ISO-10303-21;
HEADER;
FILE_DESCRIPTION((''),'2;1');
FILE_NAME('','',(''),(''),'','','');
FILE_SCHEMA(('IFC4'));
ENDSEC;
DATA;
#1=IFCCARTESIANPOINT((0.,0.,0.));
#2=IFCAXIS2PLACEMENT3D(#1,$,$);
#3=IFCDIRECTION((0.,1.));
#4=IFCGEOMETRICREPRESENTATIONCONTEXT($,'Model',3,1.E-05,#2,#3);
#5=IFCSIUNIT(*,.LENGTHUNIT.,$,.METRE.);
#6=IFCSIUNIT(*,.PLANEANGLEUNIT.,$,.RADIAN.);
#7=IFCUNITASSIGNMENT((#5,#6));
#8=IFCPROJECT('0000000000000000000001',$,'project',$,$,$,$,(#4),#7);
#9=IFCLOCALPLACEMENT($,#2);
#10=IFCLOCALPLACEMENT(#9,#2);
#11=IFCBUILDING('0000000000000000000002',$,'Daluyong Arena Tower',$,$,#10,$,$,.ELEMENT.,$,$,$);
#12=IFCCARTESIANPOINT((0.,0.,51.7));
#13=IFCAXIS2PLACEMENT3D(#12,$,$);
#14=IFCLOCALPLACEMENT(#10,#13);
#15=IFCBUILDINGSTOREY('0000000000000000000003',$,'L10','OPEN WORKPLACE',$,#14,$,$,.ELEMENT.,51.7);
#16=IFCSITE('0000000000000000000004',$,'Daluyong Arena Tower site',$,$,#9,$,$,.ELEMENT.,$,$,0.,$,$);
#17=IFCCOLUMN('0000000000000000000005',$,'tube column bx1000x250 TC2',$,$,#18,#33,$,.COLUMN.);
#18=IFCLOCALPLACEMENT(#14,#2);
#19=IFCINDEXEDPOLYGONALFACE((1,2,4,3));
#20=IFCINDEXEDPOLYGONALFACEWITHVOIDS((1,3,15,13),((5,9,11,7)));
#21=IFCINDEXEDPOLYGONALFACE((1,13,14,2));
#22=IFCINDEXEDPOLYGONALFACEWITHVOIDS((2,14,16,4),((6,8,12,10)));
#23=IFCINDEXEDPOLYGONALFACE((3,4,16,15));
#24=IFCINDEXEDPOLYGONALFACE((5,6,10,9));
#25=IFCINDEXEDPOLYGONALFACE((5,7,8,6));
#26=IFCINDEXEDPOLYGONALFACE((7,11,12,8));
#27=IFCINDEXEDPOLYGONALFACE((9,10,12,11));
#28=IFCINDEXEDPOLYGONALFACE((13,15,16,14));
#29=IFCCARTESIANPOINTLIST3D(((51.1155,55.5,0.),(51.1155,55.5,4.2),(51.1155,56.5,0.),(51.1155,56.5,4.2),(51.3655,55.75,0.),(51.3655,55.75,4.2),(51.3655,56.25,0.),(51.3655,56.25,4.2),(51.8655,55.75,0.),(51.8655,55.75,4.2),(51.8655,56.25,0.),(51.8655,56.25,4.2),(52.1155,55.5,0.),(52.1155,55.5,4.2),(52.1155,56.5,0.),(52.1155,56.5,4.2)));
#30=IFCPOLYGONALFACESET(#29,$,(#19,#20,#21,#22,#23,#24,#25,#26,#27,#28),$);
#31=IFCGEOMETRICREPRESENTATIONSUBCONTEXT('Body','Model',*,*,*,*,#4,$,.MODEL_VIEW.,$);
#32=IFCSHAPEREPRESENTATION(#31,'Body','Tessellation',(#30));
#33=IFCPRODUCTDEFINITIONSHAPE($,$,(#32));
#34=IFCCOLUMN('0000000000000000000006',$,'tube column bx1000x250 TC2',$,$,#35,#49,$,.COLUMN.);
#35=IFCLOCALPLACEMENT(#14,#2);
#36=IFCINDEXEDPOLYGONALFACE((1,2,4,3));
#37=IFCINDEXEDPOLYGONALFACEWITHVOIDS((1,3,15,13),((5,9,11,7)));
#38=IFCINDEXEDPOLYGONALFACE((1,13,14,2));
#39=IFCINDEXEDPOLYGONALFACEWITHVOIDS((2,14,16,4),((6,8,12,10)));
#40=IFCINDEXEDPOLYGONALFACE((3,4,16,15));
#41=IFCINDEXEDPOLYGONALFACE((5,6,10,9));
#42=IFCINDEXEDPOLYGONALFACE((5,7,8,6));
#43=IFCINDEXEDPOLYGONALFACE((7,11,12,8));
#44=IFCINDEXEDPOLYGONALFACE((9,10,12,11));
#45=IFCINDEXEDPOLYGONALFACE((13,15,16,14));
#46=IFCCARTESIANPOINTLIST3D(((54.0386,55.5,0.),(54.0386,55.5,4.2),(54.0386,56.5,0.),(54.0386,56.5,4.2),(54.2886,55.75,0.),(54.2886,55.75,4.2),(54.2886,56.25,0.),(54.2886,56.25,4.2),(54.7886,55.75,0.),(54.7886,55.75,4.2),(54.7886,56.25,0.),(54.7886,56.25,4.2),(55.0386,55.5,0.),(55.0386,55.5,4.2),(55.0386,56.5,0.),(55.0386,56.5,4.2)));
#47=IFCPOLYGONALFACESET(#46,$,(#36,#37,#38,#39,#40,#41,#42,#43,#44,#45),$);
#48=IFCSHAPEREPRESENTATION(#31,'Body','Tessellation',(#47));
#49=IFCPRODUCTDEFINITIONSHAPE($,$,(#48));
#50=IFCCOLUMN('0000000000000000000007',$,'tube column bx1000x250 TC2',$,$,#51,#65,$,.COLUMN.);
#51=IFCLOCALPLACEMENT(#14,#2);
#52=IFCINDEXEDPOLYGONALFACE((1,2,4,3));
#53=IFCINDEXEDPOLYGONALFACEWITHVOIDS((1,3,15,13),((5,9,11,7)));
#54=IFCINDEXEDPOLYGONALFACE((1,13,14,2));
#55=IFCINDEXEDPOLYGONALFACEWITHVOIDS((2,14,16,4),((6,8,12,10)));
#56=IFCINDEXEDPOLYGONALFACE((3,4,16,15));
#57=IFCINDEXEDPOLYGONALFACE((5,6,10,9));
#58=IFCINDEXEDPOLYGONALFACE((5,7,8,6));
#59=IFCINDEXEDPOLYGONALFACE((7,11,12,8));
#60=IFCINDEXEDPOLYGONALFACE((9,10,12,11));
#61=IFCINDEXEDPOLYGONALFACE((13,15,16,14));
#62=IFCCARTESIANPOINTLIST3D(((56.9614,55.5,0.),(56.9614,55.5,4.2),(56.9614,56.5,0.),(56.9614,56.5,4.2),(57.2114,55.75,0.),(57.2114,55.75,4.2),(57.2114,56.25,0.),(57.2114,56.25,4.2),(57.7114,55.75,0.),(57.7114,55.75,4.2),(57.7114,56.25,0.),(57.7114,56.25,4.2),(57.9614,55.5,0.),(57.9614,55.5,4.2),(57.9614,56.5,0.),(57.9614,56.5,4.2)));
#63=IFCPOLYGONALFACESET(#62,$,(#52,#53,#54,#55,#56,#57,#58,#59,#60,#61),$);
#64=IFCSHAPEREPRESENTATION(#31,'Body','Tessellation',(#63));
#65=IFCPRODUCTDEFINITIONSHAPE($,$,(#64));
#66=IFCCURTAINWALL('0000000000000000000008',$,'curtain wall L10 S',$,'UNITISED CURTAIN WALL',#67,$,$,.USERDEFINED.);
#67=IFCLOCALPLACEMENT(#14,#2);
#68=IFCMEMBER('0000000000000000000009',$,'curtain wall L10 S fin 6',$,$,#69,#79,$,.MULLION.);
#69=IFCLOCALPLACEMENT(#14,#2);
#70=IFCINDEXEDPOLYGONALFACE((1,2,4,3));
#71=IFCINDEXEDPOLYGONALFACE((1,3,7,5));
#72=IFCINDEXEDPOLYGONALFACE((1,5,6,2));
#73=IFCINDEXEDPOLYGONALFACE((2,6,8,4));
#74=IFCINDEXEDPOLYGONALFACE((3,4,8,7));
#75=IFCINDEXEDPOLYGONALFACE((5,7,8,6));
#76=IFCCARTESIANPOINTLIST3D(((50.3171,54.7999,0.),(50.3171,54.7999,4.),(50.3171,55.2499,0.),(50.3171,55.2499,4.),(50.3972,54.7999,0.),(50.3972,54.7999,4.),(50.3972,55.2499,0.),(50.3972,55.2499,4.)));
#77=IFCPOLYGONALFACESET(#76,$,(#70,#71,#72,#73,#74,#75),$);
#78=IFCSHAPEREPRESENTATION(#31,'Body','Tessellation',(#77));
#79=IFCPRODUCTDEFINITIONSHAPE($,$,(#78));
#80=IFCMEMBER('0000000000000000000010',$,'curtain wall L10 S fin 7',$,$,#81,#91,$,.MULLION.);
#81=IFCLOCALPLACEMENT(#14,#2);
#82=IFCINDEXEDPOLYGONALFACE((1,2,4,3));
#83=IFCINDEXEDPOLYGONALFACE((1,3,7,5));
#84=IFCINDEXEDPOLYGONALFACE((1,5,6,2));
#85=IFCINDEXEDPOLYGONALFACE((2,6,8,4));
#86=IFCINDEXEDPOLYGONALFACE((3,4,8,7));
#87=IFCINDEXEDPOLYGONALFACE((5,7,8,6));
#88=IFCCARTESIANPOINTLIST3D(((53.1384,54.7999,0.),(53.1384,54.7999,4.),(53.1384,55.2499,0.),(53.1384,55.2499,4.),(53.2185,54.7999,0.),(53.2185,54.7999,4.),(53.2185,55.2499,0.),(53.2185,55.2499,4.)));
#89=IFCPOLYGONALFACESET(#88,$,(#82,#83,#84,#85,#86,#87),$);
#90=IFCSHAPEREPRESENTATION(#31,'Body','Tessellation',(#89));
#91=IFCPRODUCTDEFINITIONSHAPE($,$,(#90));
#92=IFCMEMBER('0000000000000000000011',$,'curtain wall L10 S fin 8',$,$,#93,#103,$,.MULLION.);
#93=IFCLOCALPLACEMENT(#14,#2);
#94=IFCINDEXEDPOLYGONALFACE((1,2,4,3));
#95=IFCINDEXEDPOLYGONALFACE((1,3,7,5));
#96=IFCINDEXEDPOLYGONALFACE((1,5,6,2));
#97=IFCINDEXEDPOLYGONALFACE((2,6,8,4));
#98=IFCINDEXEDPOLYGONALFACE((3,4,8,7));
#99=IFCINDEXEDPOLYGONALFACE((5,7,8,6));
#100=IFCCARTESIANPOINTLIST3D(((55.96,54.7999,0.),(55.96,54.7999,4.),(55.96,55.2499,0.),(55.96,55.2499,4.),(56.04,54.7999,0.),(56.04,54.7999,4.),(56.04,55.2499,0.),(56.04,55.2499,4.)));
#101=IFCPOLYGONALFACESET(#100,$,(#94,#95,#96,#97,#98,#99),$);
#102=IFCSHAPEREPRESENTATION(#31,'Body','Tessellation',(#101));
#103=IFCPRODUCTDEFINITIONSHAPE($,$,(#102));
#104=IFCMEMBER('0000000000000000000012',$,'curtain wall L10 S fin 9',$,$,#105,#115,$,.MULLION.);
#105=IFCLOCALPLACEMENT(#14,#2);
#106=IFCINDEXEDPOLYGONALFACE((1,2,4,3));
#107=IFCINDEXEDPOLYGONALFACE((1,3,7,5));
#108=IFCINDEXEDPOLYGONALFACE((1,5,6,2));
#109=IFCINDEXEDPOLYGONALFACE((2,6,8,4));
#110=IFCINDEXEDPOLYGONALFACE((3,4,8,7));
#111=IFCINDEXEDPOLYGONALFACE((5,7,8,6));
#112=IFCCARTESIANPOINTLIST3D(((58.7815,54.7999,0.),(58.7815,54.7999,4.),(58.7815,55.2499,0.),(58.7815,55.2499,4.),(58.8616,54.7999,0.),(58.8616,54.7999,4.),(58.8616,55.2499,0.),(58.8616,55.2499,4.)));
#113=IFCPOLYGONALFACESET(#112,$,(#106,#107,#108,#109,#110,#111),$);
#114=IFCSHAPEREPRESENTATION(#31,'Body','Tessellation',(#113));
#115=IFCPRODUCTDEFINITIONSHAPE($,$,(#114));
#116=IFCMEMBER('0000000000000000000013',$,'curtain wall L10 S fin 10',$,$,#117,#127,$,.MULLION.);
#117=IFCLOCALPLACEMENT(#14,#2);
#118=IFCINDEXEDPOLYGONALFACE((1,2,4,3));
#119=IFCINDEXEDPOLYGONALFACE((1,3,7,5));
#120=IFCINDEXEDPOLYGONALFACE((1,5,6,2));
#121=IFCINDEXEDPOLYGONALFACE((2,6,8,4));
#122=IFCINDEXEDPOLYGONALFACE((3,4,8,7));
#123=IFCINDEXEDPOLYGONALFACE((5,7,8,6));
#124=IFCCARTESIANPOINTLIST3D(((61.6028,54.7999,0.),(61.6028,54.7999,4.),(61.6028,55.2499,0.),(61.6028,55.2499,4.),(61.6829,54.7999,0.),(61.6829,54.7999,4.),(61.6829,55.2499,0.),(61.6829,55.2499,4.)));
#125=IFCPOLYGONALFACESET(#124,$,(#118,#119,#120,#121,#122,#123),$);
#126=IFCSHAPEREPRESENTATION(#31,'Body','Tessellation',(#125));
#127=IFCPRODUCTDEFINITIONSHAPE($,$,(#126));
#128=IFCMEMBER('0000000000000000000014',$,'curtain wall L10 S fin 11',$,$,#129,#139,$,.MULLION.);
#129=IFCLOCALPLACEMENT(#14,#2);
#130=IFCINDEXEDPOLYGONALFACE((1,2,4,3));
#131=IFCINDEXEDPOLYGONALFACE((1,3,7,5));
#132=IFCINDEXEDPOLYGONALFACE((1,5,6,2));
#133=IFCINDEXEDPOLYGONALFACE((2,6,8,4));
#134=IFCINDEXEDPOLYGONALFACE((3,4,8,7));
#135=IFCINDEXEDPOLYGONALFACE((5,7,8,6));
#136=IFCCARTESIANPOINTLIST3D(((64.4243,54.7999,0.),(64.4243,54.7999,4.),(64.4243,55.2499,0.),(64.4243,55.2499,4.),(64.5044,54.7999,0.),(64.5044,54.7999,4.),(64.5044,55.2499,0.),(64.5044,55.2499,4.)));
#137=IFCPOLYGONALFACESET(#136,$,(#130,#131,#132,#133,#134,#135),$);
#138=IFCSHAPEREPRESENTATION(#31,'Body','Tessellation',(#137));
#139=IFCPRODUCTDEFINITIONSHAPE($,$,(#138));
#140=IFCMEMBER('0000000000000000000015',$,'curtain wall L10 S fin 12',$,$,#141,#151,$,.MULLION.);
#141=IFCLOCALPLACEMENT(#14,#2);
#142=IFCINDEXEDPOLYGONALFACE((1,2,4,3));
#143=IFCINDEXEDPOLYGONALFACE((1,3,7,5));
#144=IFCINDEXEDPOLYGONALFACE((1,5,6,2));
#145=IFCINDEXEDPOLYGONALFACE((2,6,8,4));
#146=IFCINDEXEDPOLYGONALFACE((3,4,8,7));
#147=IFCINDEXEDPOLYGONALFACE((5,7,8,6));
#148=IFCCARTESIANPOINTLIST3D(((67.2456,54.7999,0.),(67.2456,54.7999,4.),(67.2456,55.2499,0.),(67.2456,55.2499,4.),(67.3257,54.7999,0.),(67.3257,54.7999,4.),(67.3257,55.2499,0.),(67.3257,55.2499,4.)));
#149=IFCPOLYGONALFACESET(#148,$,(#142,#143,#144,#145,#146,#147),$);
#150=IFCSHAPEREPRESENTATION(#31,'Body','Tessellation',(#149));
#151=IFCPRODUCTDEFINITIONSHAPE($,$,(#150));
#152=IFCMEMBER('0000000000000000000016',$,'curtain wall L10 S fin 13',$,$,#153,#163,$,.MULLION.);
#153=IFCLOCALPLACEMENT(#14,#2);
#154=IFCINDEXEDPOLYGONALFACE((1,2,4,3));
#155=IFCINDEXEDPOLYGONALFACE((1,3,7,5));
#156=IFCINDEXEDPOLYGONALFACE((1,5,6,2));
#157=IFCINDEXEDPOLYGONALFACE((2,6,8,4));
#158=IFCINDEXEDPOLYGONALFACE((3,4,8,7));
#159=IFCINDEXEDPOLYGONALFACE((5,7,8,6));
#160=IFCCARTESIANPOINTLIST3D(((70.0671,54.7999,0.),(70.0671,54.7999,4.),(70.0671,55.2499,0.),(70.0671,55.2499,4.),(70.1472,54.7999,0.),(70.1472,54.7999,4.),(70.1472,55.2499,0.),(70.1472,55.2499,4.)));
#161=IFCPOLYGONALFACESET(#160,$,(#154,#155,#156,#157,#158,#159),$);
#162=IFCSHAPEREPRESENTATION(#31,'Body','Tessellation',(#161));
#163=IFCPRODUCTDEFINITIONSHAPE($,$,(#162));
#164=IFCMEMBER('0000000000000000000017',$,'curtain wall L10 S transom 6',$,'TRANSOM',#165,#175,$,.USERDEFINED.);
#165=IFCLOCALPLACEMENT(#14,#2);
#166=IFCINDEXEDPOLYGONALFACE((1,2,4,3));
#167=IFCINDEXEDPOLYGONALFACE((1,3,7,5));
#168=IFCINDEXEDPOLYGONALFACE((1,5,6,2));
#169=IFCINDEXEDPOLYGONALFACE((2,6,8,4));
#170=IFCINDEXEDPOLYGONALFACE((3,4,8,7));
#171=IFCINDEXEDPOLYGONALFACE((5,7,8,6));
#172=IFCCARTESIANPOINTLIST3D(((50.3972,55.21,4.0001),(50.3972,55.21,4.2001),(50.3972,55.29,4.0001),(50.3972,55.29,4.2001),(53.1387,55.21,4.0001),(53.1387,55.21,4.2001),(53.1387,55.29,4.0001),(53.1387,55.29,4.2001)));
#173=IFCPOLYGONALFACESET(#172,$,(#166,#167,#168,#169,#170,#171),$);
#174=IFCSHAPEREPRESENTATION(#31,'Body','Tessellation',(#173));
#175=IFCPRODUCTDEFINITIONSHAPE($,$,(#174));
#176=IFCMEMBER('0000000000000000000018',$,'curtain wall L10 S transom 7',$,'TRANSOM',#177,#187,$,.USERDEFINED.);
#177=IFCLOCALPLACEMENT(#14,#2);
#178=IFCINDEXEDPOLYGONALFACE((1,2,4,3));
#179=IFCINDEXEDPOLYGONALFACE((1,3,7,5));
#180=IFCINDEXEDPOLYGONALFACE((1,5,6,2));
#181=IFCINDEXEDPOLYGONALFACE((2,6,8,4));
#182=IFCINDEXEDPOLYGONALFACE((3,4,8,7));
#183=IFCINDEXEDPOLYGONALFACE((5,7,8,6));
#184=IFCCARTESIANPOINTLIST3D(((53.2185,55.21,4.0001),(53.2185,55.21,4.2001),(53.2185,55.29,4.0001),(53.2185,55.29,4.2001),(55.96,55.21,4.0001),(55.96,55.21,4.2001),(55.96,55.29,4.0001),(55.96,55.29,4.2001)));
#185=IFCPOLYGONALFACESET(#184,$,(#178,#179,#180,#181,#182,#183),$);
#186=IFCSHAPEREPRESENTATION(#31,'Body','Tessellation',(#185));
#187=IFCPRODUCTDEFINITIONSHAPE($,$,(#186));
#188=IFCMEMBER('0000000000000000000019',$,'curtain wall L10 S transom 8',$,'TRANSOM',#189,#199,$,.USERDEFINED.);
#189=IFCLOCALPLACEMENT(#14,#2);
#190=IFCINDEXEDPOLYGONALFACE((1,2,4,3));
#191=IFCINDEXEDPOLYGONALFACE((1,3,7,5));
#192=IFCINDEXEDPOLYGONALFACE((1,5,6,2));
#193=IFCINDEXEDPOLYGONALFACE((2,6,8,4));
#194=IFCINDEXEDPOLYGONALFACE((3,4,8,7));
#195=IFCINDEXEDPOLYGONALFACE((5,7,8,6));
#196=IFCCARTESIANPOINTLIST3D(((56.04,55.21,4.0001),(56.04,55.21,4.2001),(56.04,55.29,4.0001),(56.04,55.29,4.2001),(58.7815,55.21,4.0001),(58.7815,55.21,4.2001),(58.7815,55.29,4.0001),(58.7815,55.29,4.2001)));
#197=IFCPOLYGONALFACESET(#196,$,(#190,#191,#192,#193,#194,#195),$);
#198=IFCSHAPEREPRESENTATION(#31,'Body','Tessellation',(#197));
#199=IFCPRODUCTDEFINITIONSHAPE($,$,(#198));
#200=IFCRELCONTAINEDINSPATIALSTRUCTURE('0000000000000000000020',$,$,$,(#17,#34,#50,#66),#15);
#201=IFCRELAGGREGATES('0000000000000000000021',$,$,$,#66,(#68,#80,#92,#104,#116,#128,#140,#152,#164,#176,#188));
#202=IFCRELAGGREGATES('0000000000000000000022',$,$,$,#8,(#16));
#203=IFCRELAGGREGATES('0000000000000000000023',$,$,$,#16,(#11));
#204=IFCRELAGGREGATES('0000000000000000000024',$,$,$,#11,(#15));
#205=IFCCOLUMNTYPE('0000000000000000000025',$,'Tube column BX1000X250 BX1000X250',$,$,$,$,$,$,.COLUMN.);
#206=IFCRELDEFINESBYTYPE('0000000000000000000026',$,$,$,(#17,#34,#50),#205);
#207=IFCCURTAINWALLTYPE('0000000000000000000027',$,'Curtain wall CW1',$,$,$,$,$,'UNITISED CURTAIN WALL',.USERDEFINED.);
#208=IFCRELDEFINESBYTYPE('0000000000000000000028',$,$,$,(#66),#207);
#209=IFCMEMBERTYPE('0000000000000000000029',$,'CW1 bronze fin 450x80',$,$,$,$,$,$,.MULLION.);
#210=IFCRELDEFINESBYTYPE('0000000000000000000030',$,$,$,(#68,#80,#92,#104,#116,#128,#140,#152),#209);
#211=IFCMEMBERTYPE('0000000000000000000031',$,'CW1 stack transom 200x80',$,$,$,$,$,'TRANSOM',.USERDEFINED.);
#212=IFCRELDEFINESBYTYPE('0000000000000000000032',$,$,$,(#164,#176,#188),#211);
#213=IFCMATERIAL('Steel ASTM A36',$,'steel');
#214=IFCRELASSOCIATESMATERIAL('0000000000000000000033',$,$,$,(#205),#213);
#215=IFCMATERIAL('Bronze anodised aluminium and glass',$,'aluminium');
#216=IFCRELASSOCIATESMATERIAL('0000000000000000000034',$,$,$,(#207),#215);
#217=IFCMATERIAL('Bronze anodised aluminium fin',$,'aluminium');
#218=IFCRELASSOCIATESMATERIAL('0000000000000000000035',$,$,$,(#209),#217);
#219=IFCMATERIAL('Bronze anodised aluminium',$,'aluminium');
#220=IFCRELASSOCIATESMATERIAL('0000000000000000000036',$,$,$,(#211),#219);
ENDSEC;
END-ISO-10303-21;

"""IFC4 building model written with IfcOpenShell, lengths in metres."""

from ifc_helpers import new_model, si_unit, direction, frame, origin, origin_2d, place, context, subcontext, project, spatial, rectangle, hollow_rectangle, extrude, material, material_profile, profile_set, type_object, element, aggregate, save


model = new_model("IFC4")

# Units and contexts
model_context = context("Model", 3, precision=1e-05, world=origin(), true_north=direction((0.0, 1.0)))
body_context = subcontext(model_context, "Body", "Model", "MODEL_VIEW")
ifc_project = project(units=[si_unit("LENGTHUNIT", "METRE"), si_unit("PLANEANGLEUNIT", "RADIAN")], contexts=[model_context])

# Site, building, storey
site_placement = place(None, origin())
site = spatial("IfcSite", under=ifc_project, at=site_placement, Name="Daluyong Arena Tower site", CompositionType="ELEMENT", RefElevation=0.0)
building_placement = place(site_placement, origin())
building = spatial("IfcBuilding", under=site, at=building_placement, Name="Daluyong Arena Tower", CompositionType="ELEMENT")
storey_placement = place(building_placement, frame((0.0, 0.0, 51.7)))
storey = spatial("IfcBuildingStorey", under=building, at=storey_placement, Name="L10", Description="OPEN WORKPLACE", CompositionType="ELEMENT", Elevation=51.7)

# Columns
ifc_material_1 = material(Name="Steel ASTM A36", Category="steel")
ifc_material_profile_1 = material_profile(ifc_material_1, hollow_rectangle(XDim=1.0, YDim=1.0, WallThickness=0.25, at=origin_2d()))
ifc_profile_set_1 = profile_set([ifc_material_profile_1], Name="Steel ASTM A36")
column_type = type_object("IfcColumnType", Name="Tube column BX1000X250 BX1000X250", PredefinedType="COLUMN", material=ifc_profile_set_1)
for number, where, z_axis, x_axis, name in (
    (1, (51.6155, 56.0, 0.0), (0.0, 0.0, 1.0), (1.0, 0.0, 0.0), "tube column bx1000x250 TC2"),
    (2, (54.5386, 56.0, 0.0), (0.0, 0.0, 1.0), (1.0, 0.0, 0.0), "tube column bx1000x250 TC2"),
    (3, (57.4614, 56.0, 0.0), (0.0, 0.0, 1.0), (1.0, 0.0, 0.0), "tube column bx1000x250 TC2"),
):
    element("IfcColumn", number, at=place(storey_placement, frame(where, z_axis=z_axis, x_axis=x_axis)), inside=storey, type_object=column_type, Name=name, PredefinedType="COLUMN", context=body_context, shape_type="SweptSolid", body=[
        extrude(hollow_rectangle(XDim=1.0, YDim=1.0, WallThickness=0.25, at=origin_2d()), origin(), (0.0, 0.0, 1.0), 4.2),
    ])

# Curtain wall, members
ifc_material_2 = material(Name="Bronze anodised aluminium and glass", Category="aluminium")
curtain_wall_type = type_object("IfcCurtainWallType", Name="Curtain wall CW1", ElementType="UNITISED CURTAIN WALL", PredefinedType="USERDEFINED", material=ifc_material_2)
curtain_wall_placement = place(storey_placement, origin())
curtain_wall = element("IfcCurtainWall", 4, at=curtain_wall_placement, inside=storey, type_object=curtain_wall_type, Name="curtain wall L10 S", ObjectType="UNITISED CURTAIN WALL", PredefinedType="USERDEFINED")
ifc_material_3 = material(Name="Bronze anodised aluminium fin", Category="aluminium")
ifc_material_profile_2 = material_profile(ifc_material_3, rectangle(XDim=0.45, YDim=0.0801, at=origin_2d()))
ifc_profile_set_2 = profile_set([ifc_material_profile_2], Name="Bronze anodised aluminium fin")
member_type_1 = type_object("IfcMemberType", Name="CW1 bronze fin 450x80", PredefinedType="MULLION", material=ifc_profile_set_2)
member_1_placement = place(storey_placement, frame((50.3572, 55.0249, 0.0), z_axis=(0.0, 0.0, 1.0), x_axis=(0.0, 1.0, 0.0)))
member_1 = element("IfcMember", 5, at=member_1_placement, type_object=member_type_1, Name="curtain wall L10 S fin 6", PredefinedType="MULLION", context=body_context, shape_type="SweptSolid", body=[
    extrude(rectangle(XDim=0.45, YDim=0.0801, at=origin_2d()), origin(), (0.0, 0.0, 1.0), 4.0),
])
member_2_placement = place(storey_placement, frame((53.1785, 55.0249, 0.0), z_axis=(0.0, 0.0, 1.0), x_axis=(0.0, 1.0, 0.0)))
member_2 = element("IfcMember", 6, at=member_2_placement, type_object=member_type_1, Name="curtain wall L10 S fin 7", PredefinedType="MULLION", context=body_context, shape_type="SweptSolid", body=[
    extrude(rectangle(XDim=0.45, YDim=0.0801, at=origin_2d()), origin(), (0.0, 0.0, 1.0), 4.0),
])
member_3_placement = place(storey_placement, frame((56.0, 55.0249, 0.0), z_axis=(0.0, 0.0, 1.0), x_axis=(0.0, 1.0, 0.0)))
member_3 = element("IfcMember", 7, at=member_3_placement, type_object=member_type_1, Name="curtain wall L10 S fin 8", PredefinedType="MULLION", context=body_context, shape_type="SweptSolid", body=[
    extrude(rectangle(XDim=0.45, YDim=0.0801, at=origin_2d()), origin(), (0.0, 0.0, 1.0), 4.0),
])
member_4_placement = place(storey_placement, frame((58.8215, 55.0249, 0.0), z_axis=(0.0, 0.0, 1.0), x_axis=(0.0, 1.0, 0.0)))
member_4 = element("IfcMember", 8, at=member_4_placement, type_object=member_type_1, Name="curtain wall L10 S fin 9", PredefinedType="MULLION", context=body_context, shape_type="SweptSolid", body=[
    extrude(rectangle(XDim=0.45, YDim=0.0801, at=origin_2d()), origin(), (0.0, 0.0, 1.0), 4.0),
])
member_5_placement = place(storey_placement, frame((61.6428, 55.0249, 0.0), z_axis=(0.0, 0.0, 1.0), x_axis=(0.0, 1.0, 0.0)))
member_5 = element("IfcMember", 9, at=member_5_placement, type_object=member_type_1, Name="curtain wall L10 S fin 10", PredefinedType="MULLION", context=body_context, shape_type="SweptSolid", body=[
    extrude(rectangle(XDim=0.45, YDim=0.0801, at=origin_2d()), origin(), (0.0, 0.0, 1.0), 4.0),
])
member_6_placement = place(storey_placement, frame((64.4644, 55.0249, 0.0), z_axis=(0.0, 0.0, 1.0), x_axis=(0.0, 1.0, 0.0)))
member_6 = element("IfcMember", 10, at=member_6_placement, type_object=member_type_1, Name="curtain wall L10 S fin 11", PredefinedType="MULLION", context=body_context, shape_type="SweptSolid", body=[
    extrude(rectangle(XDim=0.45, YDim=0.0801, at=origin_2d()), origin(), (0.0, 0.0, 1.0), 4.0),
])
member_7_placement = place(storey_placement, frame((67.2856, 55.0249, 0.0), z_axis=(0.0, 0.0, 1.0), x_axis=(0.0, 1.0, 0.0)))
member_7 = element("IfcMember", 11, at=member_7_placement, type_object=member_type_1, Name="curtain wall L10 S fin 12", PredefinedType="MULLION", context=body_context, shape_type="SweptSolid", body=[
    extrude(rectangle(XDim=0.45, YDim=0.0801, at=origin_2d()), origin(), (0.0, 0.0, 1.0), 4.0),
])
member_8_placement = place(storey_placement, frame((70.1072, 55.0249, 0.0), z_axis=(0.0, 0.0, 1.0), x_axis=(0.0, 1.0, 0.0)))
member_8 = element("IfcMember", 12, at=member_8_placement, type_object=member_type_1, Name="curtain wall L10 S fin 13", PredefinedType="MULLION", context=body_context, shape_type="SweptSolid", body=[
    extrude(rectangle(XDim=0.45, YDim=0.0801, at=origin_2d()), origin(), (0.0, 0.0, 1.0), 4.0),
])
ifc_material_4 = material(Name="Bronze anodised aluminium", Category="aluminium")
ifc_material_profile_3 = material_profile(ifc_material_4, rectangle(XDim=0.0801, YDim=0.2, at=origin_2d()))
ifc_profile_set_3 = profile_set([ifc_material_profile_3], Name="Bronze anodised aluminium")
member_type_2 = type_object("IfcMemberType", Name="CW1 stack transom 200x80", ElementType="TRANSOM", PredefinedType="USERDEFINED", material=ifc_profile_set_3)
member_9_placement = place(storey_placement, frame((50.3972, 55.25, 4.1001), z_axis=(1.0, 0.0, 0.0), x_axis=(0.0, 1.0, 0.0)))
member_9 = element("IfcMember", 13, at=member_9_placement, type_object=member_type_2, Name="curtain wall L10 S transom 6", ObjectType="TRANSOM", PredefinedType="USERDEFINED", context=body_context, shape_type="SweptSolid", body=[
    extrude(rectangle(XDim=0.0801, YDim=0.2, at=origin_2d()), origin(), (0.0, 0.0, 1.0), 2.7415),
])
member_10_placement = place(storey_placement, frame((53.2185, 55.25, 4.1001), z_axis=(1.0, 0.0, 0.0), x_axis=(0.0, 1.0, 0.0)))
member_10 = element("IfcMember", 14, at=member_10_placement, type_object=member_type_2, Name="curtain wall L10 S transom 7", ObjectType="TRANSOM", PredefinedType="USERDEFINED", context=body_context, shape_type="SweptSolid", body=[
    extrude(rectangle(XDim=0.0801, YDim=0.2, at=origin_2d()), origin(), (0.0, 0.0, 1.0), 2.7415),
])
member_11_placement = place(storey_placement, frame((56.04, 55.25, 4.1001), z_axis=(1.0, 0.0, 0.0), x_axis=(0.0, 1.0, 0.0)))
member_11 = element("IfcMember", 15, at=member_11_placement, type_object=member_type_2, Name="curtain wall L10 S transom 8", ObjectType="TRANSOM", PredefinedType="USERDEFINED", context=body_context, shape_type="SweptSolid", body=[
    extrude(rectangle(XDim=0.0801, YDim=0.2, at=origin_2d()), origin(), (0.0, 0.0, 1.0), 2.7415),
])

aggregate(curtain_wall, [member_1, member_2, member_3, member_4, member_5, member_6, member_7, member_8, member_9, member_10, member_11])

save(model, "model.ifc")
